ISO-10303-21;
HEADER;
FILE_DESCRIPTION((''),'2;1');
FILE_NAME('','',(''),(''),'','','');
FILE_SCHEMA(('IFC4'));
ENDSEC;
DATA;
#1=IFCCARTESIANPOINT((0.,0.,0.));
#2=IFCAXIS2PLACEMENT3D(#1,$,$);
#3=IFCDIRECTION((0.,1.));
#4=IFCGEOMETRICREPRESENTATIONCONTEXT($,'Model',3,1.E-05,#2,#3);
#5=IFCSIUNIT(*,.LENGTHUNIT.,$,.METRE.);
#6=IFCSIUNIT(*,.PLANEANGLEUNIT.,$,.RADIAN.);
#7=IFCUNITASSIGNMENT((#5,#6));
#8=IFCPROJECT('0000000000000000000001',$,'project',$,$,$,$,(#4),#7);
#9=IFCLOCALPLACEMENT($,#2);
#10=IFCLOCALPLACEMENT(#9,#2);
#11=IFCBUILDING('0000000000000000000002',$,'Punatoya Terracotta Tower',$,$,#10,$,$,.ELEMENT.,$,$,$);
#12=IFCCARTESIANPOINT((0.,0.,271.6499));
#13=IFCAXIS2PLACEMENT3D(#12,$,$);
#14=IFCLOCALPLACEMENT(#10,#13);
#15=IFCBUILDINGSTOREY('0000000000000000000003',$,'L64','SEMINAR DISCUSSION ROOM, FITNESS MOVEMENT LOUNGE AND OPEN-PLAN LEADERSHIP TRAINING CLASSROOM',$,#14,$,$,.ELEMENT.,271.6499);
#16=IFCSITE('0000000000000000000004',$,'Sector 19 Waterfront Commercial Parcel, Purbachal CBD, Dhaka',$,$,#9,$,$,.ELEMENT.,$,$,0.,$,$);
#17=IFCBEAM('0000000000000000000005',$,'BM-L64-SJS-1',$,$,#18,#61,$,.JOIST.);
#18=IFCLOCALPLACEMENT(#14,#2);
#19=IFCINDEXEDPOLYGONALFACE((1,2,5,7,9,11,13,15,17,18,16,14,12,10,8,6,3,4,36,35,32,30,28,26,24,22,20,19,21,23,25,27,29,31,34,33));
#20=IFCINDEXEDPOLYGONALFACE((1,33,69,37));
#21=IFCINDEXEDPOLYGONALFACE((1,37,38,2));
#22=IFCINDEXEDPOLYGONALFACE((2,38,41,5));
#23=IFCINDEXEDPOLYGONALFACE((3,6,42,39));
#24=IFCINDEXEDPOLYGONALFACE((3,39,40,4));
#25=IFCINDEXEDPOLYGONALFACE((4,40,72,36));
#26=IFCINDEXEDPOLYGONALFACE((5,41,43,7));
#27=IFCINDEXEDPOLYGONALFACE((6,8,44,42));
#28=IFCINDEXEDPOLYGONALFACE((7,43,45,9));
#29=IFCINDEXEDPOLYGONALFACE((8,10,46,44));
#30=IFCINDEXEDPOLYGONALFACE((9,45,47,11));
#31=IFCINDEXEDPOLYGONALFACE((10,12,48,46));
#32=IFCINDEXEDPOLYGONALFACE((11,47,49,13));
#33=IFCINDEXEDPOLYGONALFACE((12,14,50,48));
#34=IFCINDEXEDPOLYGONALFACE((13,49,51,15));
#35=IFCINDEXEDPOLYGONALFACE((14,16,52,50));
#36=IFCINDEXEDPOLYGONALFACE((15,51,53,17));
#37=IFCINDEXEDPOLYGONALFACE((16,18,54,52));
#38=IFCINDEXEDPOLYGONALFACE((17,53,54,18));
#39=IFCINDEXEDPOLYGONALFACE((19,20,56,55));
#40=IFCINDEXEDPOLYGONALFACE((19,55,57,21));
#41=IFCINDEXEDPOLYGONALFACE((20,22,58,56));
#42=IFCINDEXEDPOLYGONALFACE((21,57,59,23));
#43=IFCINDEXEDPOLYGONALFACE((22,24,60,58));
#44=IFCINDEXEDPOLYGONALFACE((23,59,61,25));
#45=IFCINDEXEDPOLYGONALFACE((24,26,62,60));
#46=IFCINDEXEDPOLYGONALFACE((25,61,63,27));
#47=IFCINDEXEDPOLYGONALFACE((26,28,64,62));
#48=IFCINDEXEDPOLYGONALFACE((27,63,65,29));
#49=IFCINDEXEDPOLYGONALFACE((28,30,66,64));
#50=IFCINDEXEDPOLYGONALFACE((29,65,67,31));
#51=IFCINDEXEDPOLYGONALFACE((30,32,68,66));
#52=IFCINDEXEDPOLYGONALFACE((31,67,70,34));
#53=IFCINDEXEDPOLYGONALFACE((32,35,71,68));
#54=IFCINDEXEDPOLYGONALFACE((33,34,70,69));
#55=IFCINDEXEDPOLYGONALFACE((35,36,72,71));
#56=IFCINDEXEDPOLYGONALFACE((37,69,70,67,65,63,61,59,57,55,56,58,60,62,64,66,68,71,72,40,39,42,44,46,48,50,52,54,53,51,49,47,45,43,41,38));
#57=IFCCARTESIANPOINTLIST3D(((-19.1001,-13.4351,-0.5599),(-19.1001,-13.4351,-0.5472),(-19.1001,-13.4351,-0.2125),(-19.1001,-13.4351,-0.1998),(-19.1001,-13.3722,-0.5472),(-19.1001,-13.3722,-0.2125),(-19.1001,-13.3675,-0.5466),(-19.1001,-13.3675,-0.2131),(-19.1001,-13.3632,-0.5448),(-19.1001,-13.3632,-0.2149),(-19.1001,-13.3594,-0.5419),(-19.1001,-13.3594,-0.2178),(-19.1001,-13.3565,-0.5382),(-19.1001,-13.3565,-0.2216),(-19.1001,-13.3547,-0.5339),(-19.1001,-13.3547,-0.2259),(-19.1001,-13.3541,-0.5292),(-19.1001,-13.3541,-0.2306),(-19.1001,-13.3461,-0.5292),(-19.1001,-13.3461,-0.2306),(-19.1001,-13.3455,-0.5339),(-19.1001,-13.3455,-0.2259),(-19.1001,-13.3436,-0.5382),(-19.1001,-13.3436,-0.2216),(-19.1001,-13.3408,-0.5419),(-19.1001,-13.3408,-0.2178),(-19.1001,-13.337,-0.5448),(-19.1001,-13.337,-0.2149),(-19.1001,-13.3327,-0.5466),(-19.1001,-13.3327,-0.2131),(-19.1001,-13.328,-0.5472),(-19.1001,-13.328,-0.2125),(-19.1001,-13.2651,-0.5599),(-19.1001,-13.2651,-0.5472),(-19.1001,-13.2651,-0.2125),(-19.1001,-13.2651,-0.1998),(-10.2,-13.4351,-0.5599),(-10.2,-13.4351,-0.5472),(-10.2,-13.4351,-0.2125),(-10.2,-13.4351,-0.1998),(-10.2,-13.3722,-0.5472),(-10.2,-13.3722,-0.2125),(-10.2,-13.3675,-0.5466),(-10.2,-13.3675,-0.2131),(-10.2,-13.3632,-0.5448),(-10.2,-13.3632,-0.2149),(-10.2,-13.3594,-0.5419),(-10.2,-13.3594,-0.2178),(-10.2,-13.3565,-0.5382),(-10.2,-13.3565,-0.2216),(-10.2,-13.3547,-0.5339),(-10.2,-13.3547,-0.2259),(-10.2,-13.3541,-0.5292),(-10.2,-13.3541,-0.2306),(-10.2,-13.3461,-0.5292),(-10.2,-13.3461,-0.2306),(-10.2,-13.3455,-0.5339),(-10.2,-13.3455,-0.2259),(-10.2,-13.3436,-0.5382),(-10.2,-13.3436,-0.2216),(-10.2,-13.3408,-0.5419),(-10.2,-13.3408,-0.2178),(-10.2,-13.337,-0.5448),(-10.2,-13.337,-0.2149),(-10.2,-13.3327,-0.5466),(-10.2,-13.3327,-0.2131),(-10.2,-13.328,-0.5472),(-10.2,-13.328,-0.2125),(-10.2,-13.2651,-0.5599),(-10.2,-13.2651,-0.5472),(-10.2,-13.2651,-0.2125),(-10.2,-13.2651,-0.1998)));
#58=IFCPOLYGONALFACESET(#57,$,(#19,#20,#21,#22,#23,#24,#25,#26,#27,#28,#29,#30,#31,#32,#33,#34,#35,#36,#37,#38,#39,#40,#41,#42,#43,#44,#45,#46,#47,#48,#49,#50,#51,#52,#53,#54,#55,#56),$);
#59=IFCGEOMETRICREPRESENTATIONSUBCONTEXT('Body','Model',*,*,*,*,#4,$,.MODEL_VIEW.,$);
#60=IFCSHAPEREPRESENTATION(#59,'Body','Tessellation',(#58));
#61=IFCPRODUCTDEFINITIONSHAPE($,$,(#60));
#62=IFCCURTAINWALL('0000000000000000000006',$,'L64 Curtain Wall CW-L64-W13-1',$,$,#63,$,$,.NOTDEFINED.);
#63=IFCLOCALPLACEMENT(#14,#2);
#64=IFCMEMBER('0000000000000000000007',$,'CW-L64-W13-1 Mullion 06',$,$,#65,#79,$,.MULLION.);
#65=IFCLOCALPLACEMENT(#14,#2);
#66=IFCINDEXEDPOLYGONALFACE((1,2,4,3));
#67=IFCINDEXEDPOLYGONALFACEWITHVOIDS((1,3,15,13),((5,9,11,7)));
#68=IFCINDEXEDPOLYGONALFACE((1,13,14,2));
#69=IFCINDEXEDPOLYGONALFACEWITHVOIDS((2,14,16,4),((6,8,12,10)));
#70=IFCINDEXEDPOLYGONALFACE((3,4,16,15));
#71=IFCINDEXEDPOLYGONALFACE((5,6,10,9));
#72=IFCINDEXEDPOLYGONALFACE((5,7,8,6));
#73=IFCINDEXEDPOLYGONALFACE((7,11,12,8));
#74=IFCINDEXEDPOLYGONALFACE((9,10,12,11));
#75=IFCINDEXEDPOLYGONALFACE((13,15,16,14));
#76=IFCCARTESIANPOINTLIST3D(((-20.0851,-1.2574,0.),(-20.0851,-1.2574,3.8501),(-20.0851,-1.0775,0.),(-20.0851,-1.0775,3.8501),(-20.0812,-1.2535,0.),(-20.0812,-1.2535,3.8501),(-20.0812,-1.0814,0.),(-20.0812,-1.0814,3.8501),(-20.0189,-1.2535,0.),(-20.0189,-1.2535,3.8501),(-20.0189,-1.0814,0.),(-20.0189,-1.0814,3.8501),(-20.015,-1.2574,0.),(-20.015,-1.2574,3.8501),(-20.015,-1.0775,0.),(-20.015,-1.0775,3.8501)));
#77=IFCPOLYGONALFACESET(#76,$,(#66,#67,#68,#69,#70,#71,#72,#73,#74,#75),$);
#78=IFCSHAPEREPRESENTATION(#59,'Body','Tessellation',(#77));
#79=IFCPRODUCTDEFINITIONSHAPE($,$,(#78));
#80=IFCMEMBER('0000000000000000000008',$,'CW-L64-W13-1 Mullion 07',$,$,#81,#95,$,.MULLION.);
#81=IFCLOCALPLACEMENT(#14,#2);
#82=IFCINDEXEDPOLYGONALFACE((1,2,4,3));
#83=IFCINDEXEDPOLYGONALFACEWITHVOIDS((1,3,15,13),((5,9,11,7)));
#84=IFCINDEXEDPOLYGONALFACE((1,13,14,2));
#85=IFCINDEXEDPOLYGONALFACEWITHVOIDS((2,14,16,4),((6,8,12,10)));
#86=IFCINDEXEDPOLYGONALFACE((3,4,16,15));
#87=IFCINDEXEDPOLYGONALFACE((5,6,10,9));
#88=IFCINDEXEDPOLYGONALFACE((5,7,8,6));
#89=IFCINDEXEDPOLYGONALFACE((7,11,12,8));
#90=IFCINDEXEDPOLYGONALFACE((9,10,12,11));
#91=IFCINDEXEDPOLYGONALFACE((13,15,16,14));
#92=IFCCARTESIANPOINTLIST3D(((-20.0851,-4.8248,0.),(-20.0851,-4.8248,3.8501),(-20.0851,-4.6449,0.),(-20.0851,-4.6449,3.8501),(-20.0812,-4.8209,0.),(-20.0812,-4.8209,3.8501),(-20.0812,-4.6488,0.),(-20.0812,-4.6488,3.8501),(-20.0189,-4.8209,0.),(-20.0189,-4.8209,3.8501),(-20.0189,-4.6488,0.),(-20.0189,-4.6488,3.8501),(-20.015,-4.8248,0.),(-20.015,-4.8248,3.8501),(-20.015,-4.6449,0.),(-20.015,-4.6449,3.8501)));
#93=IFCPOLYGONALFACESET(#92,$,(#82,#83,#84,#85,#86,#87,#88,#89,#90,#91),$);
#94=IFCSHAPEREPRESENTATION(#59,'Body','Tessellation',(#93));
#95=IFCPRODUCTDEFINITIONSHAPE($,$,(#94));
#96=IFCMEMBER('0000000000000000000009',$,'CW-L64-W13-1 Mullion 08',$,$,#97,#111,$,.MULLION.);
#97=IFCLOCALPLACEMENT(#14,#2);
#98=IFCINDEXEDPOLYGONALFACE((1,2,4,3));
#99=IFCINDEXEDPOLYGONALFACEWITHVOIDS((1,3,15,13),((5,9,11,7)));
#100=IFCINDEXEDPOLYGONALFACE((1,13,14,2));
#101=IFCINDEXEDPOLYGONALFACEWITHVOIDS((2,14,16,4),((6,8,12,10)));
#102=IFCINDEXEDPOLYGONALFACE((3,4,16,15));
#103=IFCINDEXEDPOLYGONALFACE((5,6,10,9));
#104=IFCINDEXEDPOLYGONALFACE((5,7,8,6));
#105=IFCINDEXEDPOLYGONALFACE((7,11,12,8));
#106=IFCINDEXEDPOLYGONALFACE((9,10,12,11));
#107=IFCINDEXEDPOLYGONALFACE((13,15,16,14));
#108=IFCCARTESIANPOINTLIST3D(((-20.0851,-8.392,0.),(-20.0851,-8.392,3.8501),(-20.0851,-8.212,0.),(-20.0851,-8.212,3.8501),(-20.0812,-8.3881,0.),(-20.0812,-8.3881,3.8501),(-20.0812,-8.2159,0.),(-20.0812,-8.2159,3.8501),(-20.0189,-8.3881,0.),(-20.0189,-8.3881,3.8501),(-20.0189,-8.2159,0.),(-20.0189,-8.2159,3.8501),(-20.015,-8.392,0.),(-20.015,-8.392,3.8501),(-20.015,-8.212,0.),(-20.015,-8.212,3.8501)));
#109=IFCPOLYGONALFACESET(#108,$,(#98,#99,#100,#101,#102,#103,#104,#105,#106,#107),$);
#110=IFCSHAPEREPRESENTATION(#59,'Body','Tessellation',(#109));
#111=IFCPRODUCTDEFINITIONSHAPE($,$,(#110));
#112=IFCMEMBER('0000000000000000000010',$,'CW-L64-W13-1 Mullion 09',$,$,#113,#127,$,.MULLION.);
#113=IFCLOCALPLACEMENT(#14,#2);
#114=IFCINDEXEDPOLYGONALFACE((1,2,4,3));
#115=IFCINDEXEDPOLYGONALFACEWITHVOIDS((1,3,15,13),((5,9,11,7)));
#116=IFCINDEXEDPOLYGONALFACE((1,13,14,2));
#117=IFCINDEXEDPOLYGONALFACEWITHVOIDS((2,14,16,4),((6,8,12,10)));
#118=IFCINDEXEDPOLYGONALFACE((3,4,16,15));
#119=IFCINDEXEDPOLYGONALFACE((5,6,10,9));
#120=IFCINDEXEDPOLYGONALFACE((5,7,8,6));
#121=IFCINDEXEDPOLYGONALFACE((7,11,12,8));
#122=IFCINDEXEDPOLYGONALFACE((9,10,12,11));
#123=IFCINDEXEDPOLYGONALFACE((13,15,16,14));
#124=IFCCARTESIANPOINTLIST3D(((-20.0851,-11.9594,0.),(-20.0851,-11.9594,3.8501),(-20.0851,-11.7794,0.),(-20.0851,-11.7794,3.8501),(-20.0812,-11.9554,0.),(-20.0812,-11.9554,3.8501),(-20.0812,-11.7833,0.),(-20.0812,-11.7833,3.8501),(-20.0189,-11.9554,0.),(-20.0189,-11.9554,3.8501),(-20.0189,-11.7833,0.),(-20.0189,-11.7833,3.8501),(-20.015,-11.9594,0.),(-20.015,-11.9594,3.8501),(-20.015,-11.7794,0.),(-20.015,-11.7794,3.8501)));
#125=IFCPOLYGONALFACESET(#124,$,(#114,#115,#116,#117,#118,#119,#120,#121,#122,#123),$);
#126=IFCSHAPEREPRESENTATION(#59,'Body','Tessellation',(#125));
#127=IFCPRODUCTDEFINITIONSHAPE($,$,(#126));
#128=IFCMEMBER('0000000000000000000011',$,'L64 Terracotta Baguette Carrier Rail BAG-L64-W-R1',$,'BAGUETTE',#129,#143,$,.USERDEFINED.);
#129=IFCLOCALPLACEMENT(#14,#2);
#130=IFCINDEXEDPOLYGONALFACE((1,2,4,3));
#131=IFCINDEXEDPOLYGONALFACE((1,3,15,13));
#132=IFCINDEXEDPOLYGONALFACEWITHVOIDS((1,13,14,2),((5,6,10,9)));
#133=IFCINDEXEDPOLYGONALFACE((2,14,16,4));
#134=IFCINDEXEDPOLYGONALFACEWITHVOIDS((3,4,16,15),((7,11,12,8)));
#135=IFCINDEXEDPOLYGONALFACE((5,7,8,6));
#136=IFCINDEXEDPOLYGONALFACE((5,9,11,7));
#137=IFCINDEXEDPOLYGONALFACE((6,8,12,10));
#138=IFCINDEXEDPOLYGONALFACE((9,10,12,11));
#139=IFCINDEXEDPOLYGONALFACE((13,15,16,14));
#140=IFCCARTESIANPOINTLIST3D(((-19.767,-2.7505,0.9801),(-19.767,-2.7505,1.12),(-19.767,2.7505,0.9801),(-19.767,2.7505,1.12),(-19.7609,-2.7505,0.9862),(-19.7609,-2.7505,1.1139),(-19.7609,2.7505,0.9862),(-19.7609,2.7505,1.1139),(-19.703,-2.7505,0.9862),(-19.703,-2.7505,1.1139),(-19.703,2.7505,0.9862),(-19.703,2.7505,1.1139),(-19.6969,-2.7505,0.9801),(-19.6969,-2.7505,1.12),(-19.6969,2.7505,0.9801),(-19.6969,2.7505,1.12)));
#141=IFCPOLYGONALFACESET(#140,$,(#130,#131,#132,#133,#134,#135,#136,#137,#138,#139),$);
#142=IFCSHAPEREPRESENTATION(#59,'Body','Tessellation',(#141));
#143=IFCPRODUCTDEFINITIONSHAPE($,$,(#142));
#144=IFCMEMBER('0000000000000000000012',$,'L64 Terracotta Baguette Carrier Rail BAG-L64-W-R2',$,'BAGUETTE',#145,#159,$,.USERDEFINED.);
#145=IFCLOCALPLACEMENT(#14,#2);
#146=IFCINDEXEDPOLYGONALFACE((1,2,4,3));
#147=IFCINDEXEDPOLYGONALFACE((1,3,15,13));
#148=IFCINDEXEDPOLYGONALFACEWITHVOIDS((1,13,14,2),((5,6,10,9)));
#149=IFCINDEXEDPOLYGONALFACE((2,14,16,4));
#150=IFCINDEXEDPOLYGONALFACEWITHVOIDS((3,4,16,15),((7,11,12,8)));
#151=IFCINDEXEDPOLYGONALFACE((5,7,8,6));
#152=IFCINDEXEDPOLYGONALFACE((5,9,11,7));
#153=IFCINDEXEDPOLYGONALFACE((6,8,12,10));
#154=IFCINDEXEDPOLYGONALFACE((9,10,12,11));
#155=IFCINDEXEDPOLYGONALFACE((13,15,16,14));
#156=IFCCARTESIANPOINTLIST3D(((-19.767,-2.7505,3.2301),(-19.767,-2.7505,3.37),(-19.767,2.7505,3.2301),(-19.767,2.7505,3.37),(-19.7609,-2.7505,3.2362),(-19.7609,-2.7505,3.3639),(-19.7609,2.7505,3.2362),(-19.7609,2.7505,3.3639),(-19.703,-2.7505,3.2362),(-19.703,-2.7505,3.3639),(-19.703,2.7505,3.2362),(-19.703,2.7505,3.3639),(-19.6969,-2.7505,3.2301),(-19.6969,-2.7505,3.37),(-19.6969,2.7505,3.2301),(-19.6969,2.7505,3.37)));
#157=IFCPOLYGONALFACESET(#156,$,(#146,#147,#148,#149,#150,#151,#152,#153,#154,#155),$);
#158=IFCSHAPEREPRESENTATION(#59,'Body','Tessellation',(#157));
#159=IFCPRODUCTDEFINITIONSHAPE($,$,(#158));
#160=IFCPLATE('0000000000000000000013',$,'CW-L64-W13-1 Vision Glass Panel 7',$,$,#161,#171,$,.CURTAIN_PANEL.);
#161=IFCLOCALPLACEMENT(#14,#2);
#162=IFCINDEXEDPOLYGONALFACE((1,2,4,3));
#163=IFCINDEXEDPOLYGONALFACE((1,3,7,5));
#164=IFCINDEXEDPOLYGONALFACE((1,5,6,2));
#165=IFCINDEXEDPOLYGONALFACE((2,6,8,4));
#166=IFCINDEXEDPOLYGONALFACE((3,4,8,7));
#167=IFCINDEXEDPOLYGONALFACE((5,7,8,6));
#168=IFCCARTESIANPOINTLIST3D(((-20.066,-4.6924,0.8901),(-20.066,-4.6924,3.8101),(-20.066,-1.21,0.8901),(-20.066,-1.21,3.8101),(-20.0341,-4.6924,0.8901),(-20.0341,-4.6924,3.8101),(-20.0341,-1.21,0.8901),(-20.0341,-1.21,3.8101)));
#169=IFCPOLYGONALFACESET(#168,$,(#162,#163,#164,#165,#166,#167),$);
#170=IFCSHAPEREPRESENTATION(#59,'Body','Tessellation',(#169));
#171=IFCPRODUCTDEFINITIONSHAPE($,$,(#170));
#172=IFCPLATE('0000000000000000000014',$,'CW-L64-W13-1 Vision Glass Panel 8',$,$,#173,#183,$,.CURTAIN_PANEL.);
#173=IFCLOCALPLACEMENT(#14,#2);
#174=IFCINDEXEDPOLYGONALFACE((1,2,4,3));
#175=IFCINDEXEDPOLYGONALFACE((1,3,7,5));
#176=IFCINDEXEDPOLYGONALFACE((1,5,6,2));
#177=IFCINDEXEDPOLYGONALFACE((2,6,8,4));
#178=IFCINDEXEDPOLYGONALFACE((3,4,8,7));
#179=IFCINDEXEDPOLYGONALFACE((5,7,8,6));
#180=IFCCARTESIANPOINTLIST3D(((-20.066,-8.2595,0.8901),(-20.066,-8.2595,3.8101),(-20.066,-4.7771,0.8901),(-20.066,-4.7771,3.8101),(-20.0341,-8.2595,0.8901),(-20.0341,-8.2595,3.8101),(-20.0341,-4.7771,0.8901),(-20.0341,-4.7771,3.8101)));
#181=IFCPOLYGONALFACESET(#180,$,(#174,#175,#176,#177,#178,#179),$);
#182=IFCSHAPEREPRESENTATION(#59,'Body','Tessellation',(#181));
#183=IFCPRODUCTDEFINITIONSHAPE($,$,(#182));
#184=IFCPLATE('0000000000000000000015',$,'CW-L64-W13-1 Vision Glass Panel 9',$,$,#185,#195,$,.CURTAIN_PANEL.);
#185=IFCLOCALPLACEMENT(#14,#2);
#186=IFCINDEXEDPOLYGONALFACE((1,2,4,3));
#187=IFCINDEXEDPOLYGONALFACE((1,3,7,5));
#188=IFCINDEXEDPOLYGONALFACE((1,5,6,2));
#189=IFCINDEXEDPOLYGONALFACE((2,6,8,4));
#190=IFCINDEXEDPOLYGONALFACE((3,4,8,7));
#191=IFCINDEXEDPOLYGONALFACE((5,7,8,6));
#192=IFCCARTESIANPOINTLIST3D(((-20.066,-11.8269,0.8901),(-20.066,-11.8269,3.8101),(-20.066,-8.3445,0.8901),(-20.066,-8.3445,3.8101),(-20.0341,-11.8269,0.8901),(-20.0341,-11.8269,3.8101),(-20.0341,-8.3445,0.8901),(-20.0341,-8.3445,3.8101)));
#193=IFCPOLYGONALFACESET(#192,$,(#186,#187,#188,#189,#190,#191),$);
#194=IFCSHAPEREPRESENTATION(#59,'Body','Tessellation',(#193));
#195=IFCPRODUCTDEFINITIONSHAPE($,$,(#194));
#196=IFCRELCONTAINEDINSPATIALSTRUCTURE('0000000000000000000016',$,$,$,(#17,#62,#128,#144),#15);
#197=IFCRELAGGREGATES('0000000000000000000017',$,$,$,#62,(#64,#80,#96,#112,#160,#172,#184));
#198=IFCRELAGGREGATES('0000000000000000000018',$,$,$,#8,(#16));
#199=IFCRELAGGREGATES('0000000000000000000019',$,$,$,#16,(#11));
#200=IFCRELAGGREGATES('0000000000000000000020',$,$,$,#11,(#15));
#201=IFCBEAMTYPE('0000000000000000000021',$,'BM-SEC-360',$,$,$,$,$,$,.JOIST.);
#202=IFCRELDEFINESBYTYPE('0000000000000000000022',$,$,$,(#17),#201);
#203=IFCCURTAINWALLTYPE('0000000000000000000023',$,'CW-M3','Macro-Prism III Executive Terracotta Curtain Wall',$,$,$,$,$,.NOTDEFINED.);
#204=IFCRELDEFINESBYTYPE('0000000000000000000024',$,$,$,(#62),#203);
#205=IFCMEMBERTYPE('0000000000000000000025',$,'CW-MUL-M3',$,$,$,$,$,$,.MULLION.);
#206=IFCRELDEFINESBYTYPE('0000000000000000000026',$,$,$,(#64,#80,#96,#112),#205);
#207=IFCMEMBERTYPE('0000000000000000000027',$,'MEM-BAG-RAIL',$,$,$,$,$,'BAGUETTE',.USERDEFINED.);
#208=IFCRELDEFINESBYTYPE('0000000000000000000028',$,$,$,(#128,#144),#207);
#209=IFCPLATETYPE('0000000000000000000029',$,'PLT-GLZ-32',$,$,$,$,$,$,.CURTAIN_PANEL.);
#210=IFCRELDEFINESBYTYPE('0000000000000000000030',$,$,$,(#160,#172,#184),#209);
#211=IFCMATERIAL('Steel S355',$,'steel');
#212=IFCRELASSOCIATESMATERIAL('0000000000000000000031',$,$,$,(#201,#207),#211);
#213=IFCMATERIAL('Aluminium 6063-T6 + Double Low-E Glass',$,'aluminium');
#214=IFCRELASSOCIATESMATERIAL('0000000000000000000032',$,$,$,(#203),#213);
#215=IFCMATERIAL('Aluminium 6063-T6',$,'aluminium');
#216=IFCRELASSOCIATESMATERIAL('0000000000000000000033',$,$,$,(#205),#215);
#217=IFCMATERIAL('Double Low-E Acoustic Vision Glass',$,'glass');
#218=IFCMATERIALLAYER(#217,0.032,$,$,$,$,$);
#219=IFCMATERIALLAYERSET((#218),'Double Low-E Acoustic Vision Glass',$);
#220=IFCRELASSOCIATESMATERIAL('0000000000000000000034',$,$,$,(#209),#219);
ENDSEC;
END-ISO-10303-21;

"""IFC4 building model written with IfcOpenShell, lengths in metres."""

from ifc_helpers import new_model, si_unit, direction, frame, origin, origin_2d, place, context, subcontext, project, spatial, rectangle, hollow_rectangle, i_section, extrude, material, layer, layer_set, material_profile, profile_set, type_object, element, aggregate, save


model = new_model("IFC4")

# Units and contexts
model_context = context("Model", 3, precision=1e-05, world=origin(), true_north=direction((0.0, 1.0)))
body_context = subcontext(model_context, "Body", "Model", "MODEL_VIEW")
ifc_project = project(units=[si_unit("LENGTHUNIT", "METRE"), si_unit("PLANEANGLEUNIT", "RADIAN")], contexts=[model_context])

# Site, building, storey
site_placement = place(None, origin())
site = spatial("IfcSite", under=ifc_project, at=site_placement, Name="Sector 19 Waterfront Commercial Parcel, Purbachal CBD, Dhaka", CompositionType="ELEMENT", RefElevation=0.0)
building_placement = place(site_placement, origin())
building = spatial("IfcBuilding", under=site, at=building_placement, Name="Punatoya Terracotta Tower", CompositionType="ELEMENT")
storey_placement = place(building_placement, frame((0.0, 0.0, 271.6499)))
storey = spatial("IfcBuildingStorey", under=building, at=storey_placement, Name="L64", Description="SEMINAR DISCUSSION ROOM, FITNESS MOVEMENT LOUNGE AND OPEN-PLAN LEADERSHIP TRAINING CLASSROOM", CompositionType="ELEMENT", Elevation=271.6499)

# Beam
ifc_material_1 = material(Name="Steel S355", Category="steel")
ifc_material_profile_1 = material_profile(ifc_material_1, i_section(OverallWidth=0.1699, OverallDepth=0.3601, WebThickness=0.0081, FlangeThickness=0.0127, FilletRadius=0.0181, at=origin_2d()))
ifc_profile_set_1 = profile_set([ifc_material_profile_1], Name="Steel S355")
beam_type_1 = type_object("IfcBeamType", Name="BM-SEC-360", PredefinedType="JOIST", material=ifc_profile_set_1)
beam_1_placement = place(storey_placement, frame((-19.1001, -13.3501, -0.3799), z_axis=(1.0, 0.0, 0.0), x_axis=(0.0, 1.0, 0.0)))
element("IfcBeam", 1, at=beam_1_placement, inside=storey, type_object=beam_type_1, Name="BM-L64-SJS-1", PredefinedType="JOIST", context=body_context, shape_type="SweptSolid", body=[
    extrude(i_section(OverallWidth=0.1699, OverallDepth=0.3601, WebThickness=0.0081, FlangeThickness=0.0127, FilletRadius=0.0181, at=origin_2d()), origin(), (0.0, 0.0, 1.0), 8.9001),
])

# Curtain wall, members
ifc_material_2 = material(Name="Aluminium 6063-T6 + Double Low-E Glass", Category="aluminium")
curtain_wall_type = type_object("IfcCurtainWallType", Name="CW-M3", Description="Macro-Prism III Executive Terracotta Curtain Wall", PredefinedType="NOTDEFINED", material=ifc_material_2)
curtain_wall_placement = place(storey_placement, origin())
curtain_wall = element("IfcCurtainWall", 2, at=curtain_wall_placement, inside=storey, type_object=curtain_wall_type, Name="L64 Curtain Wall CW-L64-W13-1", PredefinedType="NOTDEFINED")
ifc_material_3 = material(Name="Aluminium 6063-T6", Category="aluminium")
ifc_material_profile_2 = material_profile(ifc_material_3, hollow_rectangle(XDim=0.0701, YDim=0.1799, WallThickness=0.0039, at=origin_2d()))
ifc_profile_set_2 = profile_set([ifc_material_profile_2], Name="Aluminium 6063-T6")
member_type_1 = type_object("IfcMemberType", Name="CW-MUL-M3", PredefinedType="MULLION", material=ifc_profile_set_2)
member_1_placement = place(storey_placement, frame((-20.05, -1.1675, 0.0), z_axis=(0.0, 0.0, 1.0), x_axis=(1.0, 0.0, 0.0)))
member_1 = element("IfcMember", 3, at=member_1_placement, type_object=member_type_1, Name="CW-L64-W13-1 Mullion 06", PredefinedType="MULLION", context=body_context, shape_type="SweptSolid", body=[
    extrude(hollow_rectangle(XDim=0.0701, YDim=0.1799, WallThickness=0.0039, at=origin_2d()), origin(), (0.0, 0.0, 1.0), 3.8501),
])
member_2_placement = place(storey_placement, frame((-20.05, -4.7349, 0.0), z_axis=(0.0, 0.0, 1.0), x_axis=(1.0, 0.0, 0.0)))
member_2 = element("IfcMember", 4, at=member_2_placement, type_object=member_type_1, Name="CW-L64-W13-1 Mullion 07", PredefinedType="MULLION", context=body_context, shape_type="SweptSolid", body=[
    extrude(hollow_rectangle(XDim=0.0701, YDim=0.1799, WallThickness=0.0039, at=origin_2d()), origin(), (0.0, 0.0, 1.0), 3.8501),
])
member_3_placement = place(storey_placement, frame((-20.05, -8.302, 0.0), z_axis=(0.0, 0.0, 1.0), x_axis=(1.0, 0.0, 0.0)))
member_3 = element("IfcMember", 5, at=member_3_placement, type_object=member_type_1, Name="CW-L64-W13-1 Mullion 08", PredefinedType="MULLION", context=body_context, shape_type="SweptSolid", body=[
    extrude(hollow_rectangle(XDim=0.0701, YDim=0.1799, WallThickness=0.0039, at=origin_2d()), origin(), (0.0, 0.0, 1.0), 3.8501),
])
member_4_placement = place(storey_placement, frame((-20.05, -11.8694, 0.0), z_axis=(0.0, 0.0, 1.0), x_axis=(1.0, 0.0, 0.0)))
member_4 = element("IfcMember", 6, at=member_4_placement, type_object=member_type_1, Name="CW-L64-W13-1 Mullion 09", PredefinedType="MULLION", context=body_context, shape_type="SweptSolid", body=[
    extrude(hollow_rectangle(XDim=0.0701, YDim=0.1799, WallThickness=0.0039, at=origin_2d()), origin(), (0.0, 0.0, 1.0), 3.8501),
])

# Members
ifc_material_profile_3 = material_profile(ifc_material_1, hollow_rectangle(XDim=0.0701, YDim=0.1399, WallThickness=0.0061, at=origin_2d()))
ifc_profile_set_3 = profile_set([ifc_material_profile_3], Name="Steel S355")
member_type_2 = type_object("IfcMemberType", Name="MEM-BAG-RAIL", ElementType="BAGUETTE", PredefinedType="USERDEFINED", material=ifc_profile_set_3)
for number, where, z_axis, x_axis, name in (
    (7, (-19.7319, -2.7505, 1.05), (0.0, 1.0, 0.0), (-1.0, 0.0, 0.0), "L64 Terracotta Baguette Carrier Rail BAG-L64-W-R1"),
    (8, (-19.7319, -2.7505, 3.3), (0.0, 1.0, 0.0), (-1.0, 0.0, 0.0), "L64 Terracotta Baguette Carrier Rail BAG-L64-W-R2"),
):
    element("IfcMember", number, at=place(storey_placement, frame(where, z_axis=z_axis, x_axis=x_axis)), inside=storey, type_object=member_type_2, Name=name, ObjectType="BAGUETTE", PredefinedType="USERDEFINED", context=body_context, shape_type="SweptSolid", body=[
        extrude(hollow_rectangle(XDim=0.0701, YDim=0.1399, WallThickness=0.0061, at=origin_2d()), origin(), (0.0, 0.0, 1.0), 5.501),
    ])

# Plates
ifc_material_4 = material(Name="Double Low-E Acoustic Vision Glass", Category="glass")
ifc_layer_1 = layer(ifc_material_4, 0.032)
ifc_layer_set_1 = layer_set([ifc_layer_1], Name="Double Low-E Acoustic Vision Glass")
plate_type_1 = type_object("IfcPlateType", Name="PLT-GLZ-32", PredefinedType="CURTAIN_PANEL", material=ifc_layer_set_1)
plate_1_placement = place(storey_placement, frame((-20.05, -2.9512, 0.8901), z_axis=(0.0, 0.0, 1.0), x_axis=(0.0, -1.0, 0.0)))
plate_1 = element("IfcPlate", 9, at=plate_1_placement, type_object=plate_type_1, Name="CW-L64-W13-1 Vision Glass Panel 7", PredefinedType="CURTAIN_PANEL", context=body_context, shape_type="SweptSolid", body=[
    extrude(rectangle(XDim=3.4824, YDim=0.032, at=origin_2d()), origin(), (0.0, 0.0, 1.0), 2.9199),
])
plate_2_placement = place(storey_placement, frame((-20.05, -6.5183, 0.8901), z_axis=(0.0, 0.0, 1.0), x_axis=(0.0, -1.0, 0.0)))
plate_2 = element("IfcPlate", 10, at=plate_2_placement, type_object=plate_type_1, Name="CW-L64-W13-1 Vision Glass Panel 8", PredefinedType="CURTAIN_PANEL", context=body_context, shape_type="SweptSolid", body=[
    extrude(rectangle(XDim=3.4824, YDim=0.032, at=origin_2d()), origin(), (0.0, 0.0, 1.0), 2.9199),
])
plate_3_placement = place(storey_placement, frame((-20.05, -10.0857, 0.8901), z_axis=(0.0, 0.0, 1.0), x_axis=(0.0, -1.0, 0.0)))
plate_3 = element("IfcPlate", 11, at=plate_3_placement, type_object=plate_type_1, Name="CW-L64-W13-1 Vision Glass Panel 9", PredefinedType="CURTAIN_PANEL", context=body_context, shape_type="SweptSolid", body=[
    extrude(rectangle(XDim=3.4824, YDim=0.032, at=origin_2d()), origin(), (0.0, 0.0, 1.0), 2.9199),
])
aggregate(curtain_wall, [member_1, member_2, member_3, member_4, plate_1, plate_2, plate_3])

save(model, "model.ifc")
